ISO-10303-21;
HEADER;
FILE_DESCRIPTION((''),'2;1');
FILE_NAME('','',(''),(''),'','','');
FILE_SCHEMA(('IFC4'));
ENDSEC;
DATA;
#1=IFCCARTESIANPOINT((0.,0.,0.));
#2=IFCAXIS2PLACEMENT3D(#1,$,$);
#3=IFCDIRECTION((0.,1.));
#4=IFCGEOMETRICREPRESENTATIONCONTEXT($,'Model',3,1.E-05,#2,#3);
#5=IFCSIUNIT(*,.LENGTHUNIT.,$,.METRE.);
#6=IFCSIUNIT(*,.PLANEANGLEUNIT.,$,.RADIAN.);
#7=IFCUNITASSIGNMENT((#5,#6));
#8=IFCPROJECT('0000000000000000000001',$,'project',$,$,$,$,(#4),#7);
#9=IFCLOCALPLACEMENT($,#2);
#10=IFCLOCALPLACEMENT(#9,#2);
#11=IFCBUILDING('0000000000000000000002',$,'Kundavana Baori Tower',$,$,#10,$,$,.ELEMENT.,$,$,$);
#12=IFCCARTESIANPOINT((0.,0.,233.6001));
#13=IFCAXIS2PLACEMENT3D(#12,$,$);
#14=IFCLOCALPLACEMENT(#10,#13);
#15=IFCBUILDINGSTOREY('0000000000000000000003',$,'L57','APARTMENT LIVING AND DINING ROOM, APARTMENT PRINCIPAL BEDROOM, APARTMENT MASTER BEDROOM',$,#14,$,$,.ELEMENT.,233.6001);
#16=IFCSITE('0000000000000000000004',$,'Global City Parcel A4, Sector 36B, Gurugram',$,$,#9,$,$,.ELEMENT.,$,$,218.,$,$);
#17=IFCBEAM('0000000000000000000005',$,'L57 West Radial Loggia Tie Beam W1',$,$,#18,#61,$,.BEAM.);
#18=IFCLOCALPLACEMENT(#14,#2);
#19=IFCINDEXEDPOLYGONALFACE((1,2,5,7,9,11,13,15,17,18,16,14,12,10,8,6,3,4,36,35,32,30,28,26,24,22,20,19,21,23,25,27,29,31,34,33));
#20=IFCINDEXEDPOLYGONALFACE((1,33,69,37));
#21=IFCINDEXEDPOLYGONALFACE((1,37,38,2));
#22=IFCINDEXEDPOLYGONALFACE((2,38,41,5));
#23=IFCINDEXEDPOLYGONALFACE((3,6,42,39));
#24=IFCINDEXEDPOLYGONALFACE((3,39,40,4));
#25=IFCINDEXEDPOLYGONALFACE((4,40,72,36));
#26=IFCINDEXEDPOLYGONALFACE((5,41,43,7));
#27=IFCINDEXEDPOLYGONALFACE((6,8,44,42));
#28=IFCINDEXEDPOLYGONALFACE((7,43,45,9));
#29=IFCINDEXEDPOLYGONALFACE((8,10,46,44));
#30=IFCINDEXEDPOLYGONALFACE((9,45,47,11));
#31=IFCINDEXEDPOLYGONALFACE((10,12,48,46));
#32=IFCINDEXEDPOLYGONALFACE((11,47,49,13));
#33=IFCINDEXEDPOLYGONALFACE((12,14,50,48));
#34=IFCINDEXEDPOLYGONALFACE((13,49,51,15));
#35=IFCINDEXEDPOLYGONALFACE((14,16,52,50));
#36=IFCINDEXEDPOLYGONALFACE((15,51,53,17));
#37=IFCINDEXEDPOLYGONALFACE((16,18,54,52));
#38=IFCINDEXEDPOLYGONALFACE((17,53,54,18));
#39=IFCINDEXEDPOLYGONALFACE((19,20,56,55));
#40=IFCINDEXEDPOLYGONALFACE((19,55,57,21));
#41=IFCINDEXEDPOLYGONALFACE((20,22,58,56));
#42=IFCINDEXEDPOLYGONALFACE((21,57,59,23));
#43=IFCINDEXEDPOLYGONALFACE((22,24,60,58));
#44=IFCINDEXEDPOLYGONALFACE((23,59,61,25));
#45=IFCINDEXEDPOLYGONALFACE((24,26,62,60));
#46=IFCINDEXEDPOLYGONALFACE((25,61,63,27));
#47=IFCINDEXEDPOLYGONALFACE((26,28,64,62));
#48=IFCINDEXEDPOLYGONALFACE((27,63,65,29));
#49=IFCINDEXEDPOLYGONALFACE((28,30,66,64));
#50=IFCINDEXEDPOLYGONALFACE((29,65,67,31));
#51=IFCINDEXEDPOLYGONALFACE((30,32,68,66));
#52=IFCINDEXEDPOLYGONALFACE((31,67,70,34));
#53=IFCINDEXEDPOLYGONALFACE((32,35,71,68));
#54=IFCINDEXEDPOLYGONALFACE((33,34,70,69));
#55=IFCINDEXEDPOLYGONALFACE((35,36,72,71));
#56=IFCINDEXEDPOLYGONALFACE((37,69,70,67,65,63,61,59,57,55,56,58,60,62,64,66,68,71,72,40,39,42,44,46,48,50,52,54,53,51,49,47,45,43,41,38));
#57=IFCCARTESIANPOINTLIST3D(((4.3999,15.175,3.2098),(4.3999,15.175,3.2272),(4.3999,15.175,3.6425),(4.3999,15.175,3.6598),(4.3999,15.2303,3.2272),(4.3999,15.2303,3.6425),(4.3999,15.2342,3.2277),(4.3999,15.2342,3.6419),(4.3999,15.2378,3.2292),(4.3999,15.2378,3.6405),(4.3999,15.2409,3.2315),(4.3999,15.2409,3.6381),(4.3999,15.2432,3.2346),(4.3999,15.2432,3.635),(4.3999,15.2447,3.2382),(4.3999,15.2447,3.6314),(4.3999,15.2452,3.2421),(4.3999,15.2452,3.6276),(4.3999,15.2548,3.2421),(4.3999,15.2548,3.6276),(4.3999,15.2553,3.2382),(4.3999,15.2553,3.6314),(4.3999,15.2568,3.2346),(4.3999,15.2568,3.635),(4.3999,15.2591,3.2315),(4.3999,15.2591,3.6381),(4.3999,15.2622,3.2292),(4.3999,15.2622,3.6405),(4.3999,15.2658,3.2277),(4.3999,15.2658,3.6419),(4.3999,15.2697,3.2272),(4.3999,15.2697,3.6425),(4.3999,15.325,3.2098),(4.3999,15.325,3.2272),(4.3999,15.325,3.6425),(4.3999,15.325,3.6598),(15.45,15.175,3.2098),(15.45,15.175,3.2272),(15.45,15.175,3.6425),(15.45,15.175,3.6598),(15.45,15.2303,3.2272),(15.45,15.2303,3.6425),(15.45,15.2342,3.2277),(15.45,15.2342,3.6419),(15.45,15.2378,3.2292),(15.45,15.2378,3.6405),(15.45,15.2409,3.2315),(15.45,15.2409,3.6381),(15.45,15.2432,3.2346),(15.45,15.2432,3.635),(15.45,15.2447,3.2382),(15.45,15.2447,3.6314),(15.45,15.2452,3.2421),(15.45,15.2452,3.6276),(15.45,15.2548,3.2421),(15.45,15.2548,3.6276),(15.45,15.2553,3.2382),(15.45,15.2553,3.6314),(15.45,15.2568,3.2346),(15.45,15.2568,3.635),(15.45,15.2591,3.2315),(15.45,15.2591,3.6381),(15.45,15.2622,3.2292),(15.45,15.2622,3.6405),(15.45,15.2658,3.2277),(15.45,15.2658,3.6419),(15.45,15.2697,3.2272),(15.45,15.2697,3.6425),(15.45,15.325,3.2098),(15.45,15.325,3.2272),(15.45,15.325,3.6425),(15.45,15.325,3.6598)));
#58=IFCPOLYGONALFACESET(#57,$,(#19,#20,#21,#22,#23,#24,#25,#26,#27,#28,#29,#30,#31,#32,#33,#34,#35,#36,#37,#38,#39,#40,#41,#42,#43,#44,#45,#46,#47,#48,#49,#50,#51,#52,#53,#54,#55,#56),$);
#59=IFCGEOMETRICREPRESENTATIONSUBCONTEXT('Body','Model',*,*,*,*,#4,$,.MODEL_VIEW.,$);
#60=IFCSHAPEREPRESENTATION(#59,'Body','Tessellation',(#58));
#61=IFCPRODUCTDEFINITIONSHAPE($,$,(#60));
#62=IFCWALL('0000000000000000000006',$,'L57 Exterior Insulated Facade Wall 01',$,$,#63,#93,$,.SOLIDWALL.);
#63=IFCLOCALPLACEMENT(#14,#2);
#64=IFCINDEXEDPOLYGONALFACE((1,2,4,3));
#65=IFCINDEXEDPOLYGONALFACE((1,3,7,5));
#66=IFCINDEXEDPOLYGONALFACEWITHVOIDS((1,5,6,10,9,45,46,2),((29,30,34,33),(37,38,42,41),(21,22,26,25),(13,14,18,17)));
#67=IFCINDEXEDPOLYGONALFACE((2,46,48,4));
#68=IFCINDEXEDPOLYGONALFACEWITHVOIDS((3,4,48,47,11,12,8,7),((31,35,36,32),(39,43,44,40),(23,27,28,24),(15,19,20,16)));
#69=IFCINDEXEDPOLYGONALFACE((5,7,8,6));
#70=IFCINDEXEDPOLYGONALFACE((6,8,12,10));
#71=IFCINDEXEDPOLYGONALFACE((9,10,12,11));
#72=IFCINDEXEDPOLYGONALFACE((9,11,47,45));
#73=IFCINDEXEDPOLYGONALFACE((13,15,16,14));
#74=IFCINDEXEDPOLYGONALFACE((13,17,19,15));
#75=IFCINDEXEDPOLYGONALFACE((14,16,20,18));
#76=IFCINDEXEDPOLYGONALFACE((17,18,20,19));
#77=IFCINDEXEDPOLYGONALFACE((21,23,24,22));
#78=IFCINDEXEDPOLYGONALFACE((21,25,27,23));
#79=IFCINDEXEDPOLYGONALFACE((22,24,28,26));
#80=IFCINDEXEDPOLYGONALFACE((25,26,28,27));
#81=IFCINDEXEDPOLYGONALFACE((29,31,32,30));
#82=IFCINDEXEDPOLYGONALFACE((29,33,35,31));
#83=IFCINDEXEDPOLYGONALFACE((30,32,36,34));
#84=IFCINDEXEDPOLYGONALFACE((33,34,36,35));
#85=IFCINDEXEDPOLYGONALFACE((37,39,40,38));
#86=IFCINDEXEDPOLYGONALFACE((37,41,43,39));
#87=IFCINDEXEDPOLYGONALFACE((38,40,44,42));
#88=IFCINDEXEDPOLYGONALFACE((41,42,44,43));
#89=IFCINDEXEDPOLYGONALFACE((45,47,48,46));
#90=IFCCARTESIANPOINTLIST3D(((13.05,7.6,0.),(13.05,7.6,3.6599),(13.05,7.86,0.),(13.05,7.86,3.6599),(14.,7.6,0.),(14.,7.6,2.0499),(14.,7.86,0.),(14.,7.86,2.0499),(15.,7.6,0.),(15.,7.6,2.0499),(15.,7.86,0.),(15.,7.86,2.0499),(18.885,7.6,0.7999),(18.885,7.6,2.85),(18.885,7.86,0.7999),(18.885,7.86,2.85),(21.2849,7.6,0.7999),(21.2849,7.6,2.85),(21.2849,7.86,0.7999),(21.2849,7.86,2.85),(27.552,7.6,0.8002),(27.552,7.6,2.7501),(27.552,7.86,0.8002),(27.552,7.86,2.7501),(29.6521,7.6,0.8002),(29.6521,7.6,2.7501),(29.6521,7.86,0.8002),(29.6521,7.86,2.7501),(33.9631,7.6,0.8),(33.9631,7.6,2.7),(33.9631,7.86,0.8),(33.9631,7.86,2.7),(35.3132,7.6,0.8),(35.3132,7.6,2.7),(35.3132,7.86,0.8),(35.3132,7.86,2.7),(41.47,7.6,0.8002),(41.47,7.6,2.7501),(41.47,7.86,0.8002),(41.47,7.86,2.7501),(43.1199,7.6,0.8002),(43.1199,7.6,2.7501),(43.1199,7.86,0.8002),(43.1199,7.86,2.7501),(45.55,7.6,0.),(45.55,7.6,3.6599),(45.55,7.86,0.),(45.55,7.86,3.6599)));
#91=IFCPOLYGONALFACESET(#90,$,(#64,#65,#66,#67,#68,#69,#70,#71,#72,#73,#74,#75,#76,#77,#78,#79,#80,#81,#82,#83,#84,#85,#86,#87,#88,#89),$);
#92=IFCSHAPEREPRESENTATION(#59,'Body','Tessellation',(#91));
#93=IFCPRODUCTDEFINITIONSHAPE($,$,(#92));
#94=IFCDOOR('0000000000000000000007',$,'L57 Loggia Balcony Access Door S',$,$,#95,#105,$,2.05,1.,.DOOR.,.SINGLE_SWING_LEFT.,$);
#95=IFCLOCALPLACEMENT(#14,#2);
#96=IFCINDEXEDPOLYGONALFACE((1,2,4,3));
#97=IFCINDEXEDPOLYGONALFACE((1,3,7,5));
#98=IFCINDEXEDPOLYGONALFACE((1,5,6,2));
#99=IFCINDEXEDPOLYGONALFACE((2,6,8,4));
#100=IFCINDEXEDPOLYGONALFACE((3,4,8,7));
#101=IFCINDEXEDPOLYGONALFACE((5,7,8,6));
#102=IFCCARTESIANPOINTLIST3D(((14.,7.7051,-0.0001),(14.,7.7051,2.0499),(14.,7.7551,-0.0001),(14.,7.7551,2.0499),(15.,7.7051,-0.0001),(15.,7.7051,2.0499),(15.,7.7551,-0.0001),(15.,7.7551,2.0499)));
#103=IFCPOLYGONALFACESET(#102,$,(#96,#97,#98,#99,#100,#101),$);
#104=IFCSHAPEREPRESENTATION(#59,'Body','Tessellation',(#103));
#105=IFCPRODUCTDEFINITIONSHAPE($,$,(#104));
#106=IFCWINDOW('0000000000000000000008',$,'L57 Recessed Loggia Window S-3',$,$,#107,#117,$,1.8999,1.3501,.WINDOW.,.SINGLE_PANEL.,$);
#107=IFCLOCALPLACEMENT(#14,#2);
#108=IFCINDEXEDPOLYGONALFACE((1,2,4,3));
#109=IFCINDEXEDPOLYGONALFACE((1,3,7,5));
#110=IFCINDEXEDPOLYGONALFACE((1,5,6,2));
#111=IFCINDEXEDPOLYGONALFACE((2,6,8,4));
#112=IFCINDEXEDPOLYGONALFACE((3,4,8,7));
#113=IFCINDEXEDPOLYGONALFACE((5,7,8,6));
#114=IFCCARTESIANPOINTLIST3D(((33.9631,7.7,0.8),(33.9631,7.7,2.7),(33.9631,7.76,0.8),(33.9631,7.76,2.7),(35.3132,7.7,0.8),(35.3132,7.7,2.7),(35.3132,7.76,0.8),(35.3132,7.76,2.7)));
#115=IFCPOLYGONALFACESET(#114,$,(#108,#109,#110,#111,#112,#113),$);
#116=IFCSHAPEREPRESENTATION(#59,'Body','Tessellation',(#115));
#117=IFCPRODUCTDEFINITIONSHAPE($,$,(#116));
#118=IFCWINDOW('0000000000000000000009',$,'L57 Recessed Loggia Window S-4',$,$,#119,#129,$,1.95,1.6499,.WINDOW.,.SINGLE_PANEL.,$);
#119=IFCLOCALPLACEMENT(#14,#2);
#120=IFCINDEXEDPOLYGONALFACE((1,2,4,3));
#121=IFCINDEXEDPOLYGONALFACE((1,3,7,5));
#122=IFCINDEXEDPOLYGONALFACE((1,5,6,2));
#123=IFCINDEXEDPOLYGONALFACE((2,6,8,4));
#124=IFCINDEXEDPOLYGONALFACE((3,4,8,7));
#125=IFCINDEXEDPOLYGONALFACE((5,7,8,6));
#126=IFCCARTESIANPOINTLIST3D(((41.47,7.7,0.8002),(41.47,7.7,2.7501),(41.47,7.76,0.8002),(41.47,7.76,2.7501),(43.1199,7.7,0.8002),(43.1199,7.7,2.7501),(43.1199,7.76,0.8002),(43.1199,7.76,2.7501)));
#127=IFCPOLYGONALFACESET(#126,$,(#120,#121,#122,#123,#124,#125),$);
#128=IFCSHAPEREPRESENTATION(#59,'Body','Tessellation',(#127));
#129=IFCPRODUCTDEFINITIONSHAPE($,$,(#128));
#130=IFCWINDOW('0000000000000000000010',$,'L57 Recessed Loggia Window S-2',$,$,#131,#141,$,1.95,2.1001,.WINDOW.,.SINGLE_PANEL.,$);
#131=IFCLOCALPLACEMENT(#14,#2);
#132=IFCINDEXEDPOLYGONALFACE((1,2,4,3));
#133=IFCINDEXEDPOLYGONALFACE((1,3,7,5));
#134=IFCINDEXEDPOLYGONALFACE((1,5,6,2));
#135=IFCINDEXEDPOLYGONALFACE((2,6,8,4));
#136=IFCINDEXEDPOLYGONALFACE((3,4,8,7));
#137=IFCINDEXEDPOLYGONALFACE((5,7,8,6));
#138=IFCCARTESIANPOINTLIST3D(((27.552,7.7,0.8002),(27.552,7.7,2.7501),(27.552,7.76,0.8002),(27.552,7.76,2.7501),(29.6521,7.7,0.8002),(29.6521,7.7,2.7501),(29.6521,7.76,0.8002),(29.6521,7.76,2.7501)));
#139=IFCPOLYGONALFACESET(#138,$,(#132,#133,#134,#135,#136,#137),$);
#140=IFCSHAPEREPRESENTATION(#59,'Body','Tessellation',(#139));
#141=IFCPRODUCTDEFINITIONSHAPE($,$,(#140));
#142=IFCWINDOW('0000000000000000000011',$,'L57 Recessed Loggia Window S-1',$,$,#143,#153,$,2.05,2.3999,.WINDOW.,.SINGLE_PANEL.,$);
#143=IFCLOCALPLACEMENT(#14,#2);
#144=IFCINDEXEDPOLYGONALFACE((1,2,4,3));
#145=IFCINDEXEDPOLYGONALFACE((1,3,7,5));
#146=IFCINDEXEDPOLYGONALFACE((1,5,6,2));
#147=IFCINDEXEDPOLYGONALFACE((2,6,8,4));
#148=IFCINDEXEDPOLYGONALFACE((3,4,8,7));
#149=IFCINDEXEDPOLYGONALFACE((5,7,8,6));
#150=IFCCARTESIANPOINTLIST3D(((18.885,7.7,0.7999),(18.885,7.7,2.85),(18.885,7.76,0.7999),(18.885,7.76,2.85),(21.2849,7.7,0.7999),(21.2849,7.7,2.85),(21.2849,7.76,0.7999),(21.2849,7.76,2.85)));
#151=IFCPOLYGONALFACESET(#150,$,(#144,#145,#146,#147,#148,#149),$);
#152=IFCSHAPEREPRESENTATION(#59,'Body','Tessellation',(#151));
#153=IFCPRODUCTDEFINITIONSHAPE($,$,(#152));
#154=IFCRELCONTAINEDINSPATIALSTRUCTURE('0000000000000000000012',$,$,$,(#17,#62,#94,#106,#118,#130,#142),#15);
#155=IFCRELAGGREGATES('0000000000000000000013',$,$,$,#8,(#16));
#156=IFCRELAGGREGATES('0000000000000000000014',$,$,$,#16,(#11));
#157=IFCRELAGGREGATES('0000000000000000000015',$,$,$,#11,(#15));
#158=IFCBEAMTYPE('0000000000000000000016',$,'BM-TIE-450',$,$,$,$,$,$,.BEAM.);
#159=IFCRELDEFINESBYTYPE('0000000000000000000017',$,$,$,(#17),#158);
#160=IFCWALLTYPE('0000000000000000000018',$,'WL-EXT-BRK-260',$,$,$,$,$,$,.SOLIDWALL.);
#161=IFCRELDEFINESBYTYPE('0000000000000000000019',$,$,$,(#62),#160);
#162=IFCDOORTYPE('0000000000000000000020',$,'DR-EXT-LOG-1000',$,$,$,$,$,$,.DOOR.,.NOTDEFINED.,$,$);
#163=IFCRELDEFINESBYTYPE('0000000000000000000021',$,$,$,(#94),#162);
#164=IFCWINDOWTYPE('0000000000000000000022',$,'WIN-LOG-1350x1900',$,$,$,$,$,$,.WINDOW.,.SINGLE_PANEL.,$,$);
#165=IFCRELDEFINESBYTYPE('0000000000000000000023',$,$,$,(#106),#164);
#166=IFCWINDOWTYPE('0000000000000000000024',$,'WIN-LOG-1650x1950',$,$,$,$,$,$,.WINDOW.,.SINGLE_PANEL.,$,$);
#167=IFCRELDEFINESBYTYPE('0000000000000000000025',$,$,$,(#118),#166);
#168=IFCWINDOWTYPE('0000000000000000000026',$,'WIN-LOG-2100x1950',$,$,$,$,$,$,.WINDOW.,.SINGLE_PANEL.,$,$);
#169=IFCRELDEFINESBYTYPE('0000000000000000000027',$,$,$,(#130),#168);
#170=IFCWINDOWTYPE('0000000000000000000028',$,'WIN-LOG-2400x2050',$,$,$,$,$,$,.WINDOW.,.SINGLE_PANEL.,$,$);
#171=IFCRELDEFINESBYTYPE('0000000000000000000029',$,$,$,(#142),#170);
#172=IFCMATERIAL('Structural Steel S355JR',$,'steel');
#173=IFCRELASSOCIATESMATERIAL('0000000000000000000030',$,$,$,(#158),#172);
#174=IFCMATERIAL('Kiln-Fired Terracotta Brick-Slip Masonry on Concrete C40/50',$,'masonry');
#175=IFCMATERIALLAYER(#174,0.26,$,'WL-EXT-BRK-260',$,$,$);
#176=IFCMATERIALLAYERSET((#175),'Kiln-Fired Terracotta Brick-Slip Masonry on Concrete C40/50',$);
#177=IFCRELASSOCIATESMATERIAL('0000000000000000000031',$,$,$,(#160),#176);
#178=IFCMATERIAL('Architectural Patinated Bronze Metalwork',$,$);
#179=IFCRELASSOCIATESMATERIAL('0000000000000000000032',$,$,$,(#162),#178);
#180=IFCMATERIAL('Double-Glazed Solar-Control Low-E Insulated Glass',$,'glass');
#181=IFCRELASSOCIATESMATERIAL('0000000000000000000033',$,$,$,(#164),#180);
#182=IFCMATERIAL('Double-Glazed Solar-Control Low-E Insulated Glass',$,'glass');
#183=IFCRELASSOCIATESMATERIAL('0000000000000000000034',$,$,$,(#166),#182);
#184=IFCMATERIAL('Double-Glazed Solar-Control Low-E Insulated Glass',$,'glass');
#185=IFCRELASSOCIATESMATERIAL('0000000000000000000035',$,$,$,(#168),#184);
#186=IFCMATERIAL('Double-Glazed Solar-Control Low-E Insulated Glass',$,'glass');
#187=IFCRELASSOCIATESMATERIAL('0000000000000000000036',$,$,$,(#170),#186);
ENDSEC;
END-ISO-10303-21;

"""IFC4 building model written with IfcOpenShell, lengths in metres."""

from ifc_helpers import new_model, si_unit, direction, frame, frame_2d, origin, origin_2d, place, context, subcontext, project, spatial, rectangle, i_section, extrude, material, layer, layer_set, material_profile, profile_set, type_object, element, fill, save


model = new_model("IFC4")

# Units and contexts
model_context = context("Model", 3, precision=1e-05, world=origin(), true_north=direction((0.0, 1.0)))
body_context = subcontext(model_context, "Body", "Model", "MODEL_VIEW")
ifc_project = project(units=[si_unit("LENGTHUNIT", "METRE"), si_unit("PLANEANGLEUNIT", "RADIAN")], contexts=[model_context])

# Site, building, storey
site_placement = place(None, origin())
site = spatial("IfcSite", under=ifc_project, at=site_placement, Name="Global City Parcel A4, Sector 36B, Gurugram", CompositionType="ELEMENT", RefElevation=218.0)
building_placement = place(site_placement, origin())
building = spatial("IfcBuilding", under=site, at=building_placement, Name="Kundavana Baori Tower", CompositionType="ELEMENT")
storey_placement = place(building_placement, frame((0.0, 0.0, 233.6001)))
storey = spatial("IfcBuildingStorey", under=building, at=storey_placement, Name="L57", Description="APARTMENT LIVING AND DINING ROOM, APARTMENT PRINCIPAL BEDROOM, APARTMENT MASTER BEDROOM", CompositionType="ELEMENT", Elevation=233.6001)

# Beam
ifc_material_1 = material(Name="Structural Steel S355JR", Category="steel")
ifc_material_profile_1 = material_profile(ifc_material_1, i_section(OverallWidth=0.1499, OverallDepth=0.45, WebThickness=0.0095, FlangeThickness=0.0173, FilletRadius=0.0149, at=origin_2d()), Name="ISMB 450")
ifc_profile_set_1 = profile_set([ifc_material_profile_1], Name="Structural Steel S355JR")
beam_type_1 = type_object("IfcBeamType", Name="BM-TIE-450", PredefinedType="BEAM", material=ifc_profile_set_1)
for number, where, z_axis, x_axis, name in (
    (1, (15.45, 15.25, 3.4348), (-1.0, 0.0, 0.0), (0.0, -1.0, 0.0), "L57 West Radial Loggia Tie Beam W1"),
):
    element("IfcBeam", number, at=place(storey_placement, frame(where, z_axis=z_axis, x_axis=x_axis)), inside=storey, type_object=beam_type_1, Name=name, PredefinedType="BEAM", context=body_context, shape_type="SweptSolid", body=[
        extrude(i_section(OverallWidth=0.1499, OverallDepth=0.45, WebThickness=0.0095, FlangeThickness=0.0173, FilletRadius=0.0149, at=origin_2d()), origin(), (0.0, 0.0, 1.0), 11.05),
    ])

# Wall, openings, door, windows
ifc_material_2 = material(Name="Kiln-Fired Terracotta Brick-Slip Masonry on Concrete C40/50", Category="masonry")
ifc_layer_1 = layer(ifc_material_2, 0.26, Name="WL-EXT-BRK-260")
ifc_layer_set_1 = layer_set([ifc_layer_1], Name="Kiln-Fired Terracotta Brick-Slip Masonry on Concrete C40/50")
wall_type_1 = type_object("IfcWallType", Name="WL-EXT-BRK-260", PredefinedType="SOLIDWALL", material=ifc_layer_set_1)
wall_1_placement = place(storey_placement, frame((13.05, 7.73, 0.0), z_axis=(0.0, 0.0, 1.0), x_axis=(1.0, 0.0, 0.0)))
wall_1 = element("IfcWall", 2, at=wall_1_placement, inside=storey, type_object=wall_type_1, Name="L57 Exterior Insulated Facade Wall 01", PredefinedType="SOLIDWALL", context=body_context, shape_type="SweptSolid", body=[
    extrude(rectangle(XDim=32.5, YDim=0.26, at=frame_2d((16.25, 0.0))), origin(), (0.0, 0.0, 1.0), 3.6599),
])
opening_1_placement = place(wall_1_placement, frame((0.95, 0.0, 0.0)))
opening_1 = element("IfcOpeningElement", 3, at=opening_1_placement, cuts=wall_1, PredefinedType="OPENING", context=body_context, shape_type="SweptSolid", body=[
    extrude(rectangle(XDim=1.0, YDim=2.05, at=frame_2d((0.5, 1.0249))), frame((0.0, 0.1401, 0.0), z_axis=(0.0, -1.0, 0.0), x_axis=(1.0, 0.0, 0.0)), (0.0, 0.0, 1.0), 0.28),
])
opening_2_placement = place(wall_1_placement, frame((5.835, 0.0, 0.8)))
opening_2 = element("IfcOpeningElement", 4, at=opening_2_placement, cuts=wall_1, PredefinedType="OPENING", context=body_context, shape_type="SweptSolid", body=[
    extrude(rectangle(XDim=2.3999, YDim=2.05, at=frame_2d((1.2, 1.0249))), frame((0.0, 0.1401, 0.0), z_axis=(0.0, -1.0, 0.0), x_axis=(1.0, 0.0, 0.0)), (0.0, 0.0, 1.0), 0.28),
])
opening_3_placement = place(wall_1_placement, frame((14.502, 0.0, 0.8)))
opening_3 = element("IfcOpeningElement", 5, at=opening_3_placement, cuts=wall_1, PredefinedType="OPENING", context=body_context, shape_type="SweptSolid", body=[
    extrude(rectangle(XDim=2.1001, YDim=1.95, at=frame_2d((1.05, 0.9751))), frame((0.0, 0.1401, 0.0), z_axis=(0.0, -1.0, 0.0), x_axis=(1.0, 0.0, 0.0)), (0.0, 0.0, 1.0), 0.28),
])
opening_4_placement = place(wall_1_placement, frame((20.9131, 0.0, 0.8)))
opening_4 = element("IfcOpeningElement", 6, at=opening_4_placement, cuts=wall_1, PredefinedType="OPENING", context=body_context, shape_type="SweptSolid", body=[
    extrude(rectangle(XDim=1.3501, YDim=1.8999, at=frame_2d((0.675, 0.95))), frame((0.0, 0.1401, 0.0), z_axis=(0.0, -1.0, 0.0), x_axis=(1.0, 0.0, 0.0)), (0.0, 0.0, 1.0), 0.28),
])
opening_5_placement = place(wall_1_placement, frame((28.4199, 0.0, 0.8)))
opening_5 = element("IfcOpeningElement", 7, at=opening_5_placement, cuts=wall_1, PredefinedType="OPENING", context=body_context, shape_type="SweptSolid", body=[
    extrude(rectangle(XDim=1.6499, YDim=1.95, at=frame_2d((0.825, 0.9751))), frame((0.0, 0.1401, 0.0), z_axis=(0.0, -1.0, 0.0), x_axis=(1.0, 0.0, 0.0)), (0.0, 0.0, 1.0), 0.28),
])
ifc_material_3 = material(Name="Architectural Patinated Bronze Metalwork")
door_type_1 = type_object("IfcDoorType", Name="DR-EXT-LOG-1000", OperationType="NOTDEFINED", PredefinedType="DOOR", material=ifc_material_3)
door_1_placement = place(opening_1_placement, frame((1.0, 0.0, 0.0), z_axis=(0.0, 0.0, 1.0), x_axis=(-1.0, 0.0, 0.0)))
door_1 = element("IfcDoor", 8, at=door_1_placement, inside=storey, type_object=door_type_1, Name="L57 Loggia Balcony Access Door S", OperationType="SINGLE_SWING_LEFT", OverallHeight=2.05, OverallWidth=1.0, PredefinedType="DOOR", context=body_context, shape_type="SweptSolid", body=[
    extrude(rectangle(XDim=1.0, YDim=2.05, at=frame_2d((0.5, 1.0249))), frame((0.0, 0.0249, 0.0), z_axis=(0.0, -1.0, 0.0), x_axis=(1.0, 0.0, 0.0)), (0.0, 0.0, 1.0), 0.05),
])
fill(opening_1, door_1)
ifc_material_4 = material(Name="Double-Glazed Solar-Control Low-E Insulated Glass", Category="glass")
window_type_1 = type_object("IfcWindowType", Name="WIN-LOG-1350x1900", PartitioningType="SINGLE_PANEL", PredefinedType="WINDOW", material=ifc_material_4)
window_1_placement = place(opening_4_placement, origin())
window_1 = element("IfcWindow", 9, at=window_1_placement, inside=storey, type_object=window_type_1, Name="L57 Recessed Loggia Window S-3", OverallHeight=1.8999, OverallWidth=1.3501, PartitioningType="SINGLE_PANEL", PredefinedType="WINDOW", context=body_context, shape_type="SweptSolid", body=[
    extrude(rectangle(XDim=1.3501, YDim=1.8999, at=frame_2d((0.675, 0.95))), frame((0.0, 0.03, 0.0), z_axis=(0.0, -1.0, 0.0), x_axis=(1.0, 0.0, 0.0)), (0.0, 0.0, 1.0), 0.0601),
])
fill(opening_4, window_1)
ifc_material_5 = material(Name="Double-Glazed Solar-Control Low-E Insulated Glass", Category="glass")
window_type_2 = type_object("IfcWindowType", Name="WIN-LOG-1650x1950", PartitioningType="SINGLE_PANEL", PredefinedType="WINDOW", material=ifc_material_5)
window_2_placement = place(opening_5_placement, origin())
window_2 = element("IfcWindow", 10, at=window_2_placement, inside=storey, type_object=window_type_2, Name="L57 Recessed Loggia Window S-4", OverallHeight=1.95, OverallWidth=1.6499, PartitioningType="SINGLE_PANEL", PredefinedType="WINDOW", context=body_context, shape_type="SweptSolid", body=[
    extrude(rectangle(XDim=1.6499, YDim=1.95, at=frame_2d((0.825, 0.9751))), frame((0.0, 0.03, 0.0), z_axis=(0.0, -1.0, 0.0), x_axis=(1.0, 0.0, 0.0)), (0.0, 0.0, 1.0), 0.0601),
])
fill(opening_5, window_2)
ifc_material_6 = material(Name="Double-Glazed Solar-Control Low-E Insulated Glass", Category="glass")
window_type_3 = type_object("IfcWindowType", Name="WIN-LOG-2100x1950", PartitioningType="SINGLE_PANEL", PredefinedType="WINDOW", material=ifc_material_6)
window_3_placement = place(opening_3_placement, origin())
window_3 = element("IfcWindow", 11, at=window_3_placement, inside=storey, type_object=window_type_3, Name="L57 Recessed Loggia Window S-2", OverallHeight=1.95, OverallWidth=2.1001, PartitioningType="SINGLE_PANEL", PredefinedType="WINDOW", context=body_context, shape_type="SweptSolid", body=[
    extrude(rectangle(XDim=2.1001, YDim=1.95, at=frame_2d((1.05, 0.9751))), frame((0.0, 0.03, 0.0), z_axis=(0.0, -1.0, 0.0), x_axis=(1.0, 0.0, 0.0)), (0.0, 0.0, 1.0), 0.0601),
])
fill(opening_3, window_3)
ifc_material_7 = material(Name="Double-Glazed Solar-Control Low-E Insulated Glass", Category="glass")
window_type_4 = type_object("IfcWindowType", Name="WIN-LOG-2400x2050", PartitioningType="SINGLE_PANEL", PredefinedType="WINDOW", material=ifc_material_7)
window_4_placement = place(opening_2_placement, origin())
window_4 = element("IfcWindow", 12, at=window_4_placement, inside=storey, type_object=window_type_4, Name="L57 Recessed Loggia Window S-1", OverallHeight=2.05, OverallWidth=2.3999, PartitioningType="SINGLE_PANEL", PredefinedType="WINDOW", context=body_context, shape_type="SweptSolid", body=[
    extrude(rectangle(XDim=2.3999, YDim=2.05, at=frame_2d((1.2, 1.0249))), frame((0.0, 0.03, 0.0), z_axis=(0.0, -1.0, 0.0), x_axis=(1.0, 0.0, 0.0)), (0.0, 0.0, 1.0), 0.0601),
])
fill(opening_2, window_4)

save(model, "model.ifc")
